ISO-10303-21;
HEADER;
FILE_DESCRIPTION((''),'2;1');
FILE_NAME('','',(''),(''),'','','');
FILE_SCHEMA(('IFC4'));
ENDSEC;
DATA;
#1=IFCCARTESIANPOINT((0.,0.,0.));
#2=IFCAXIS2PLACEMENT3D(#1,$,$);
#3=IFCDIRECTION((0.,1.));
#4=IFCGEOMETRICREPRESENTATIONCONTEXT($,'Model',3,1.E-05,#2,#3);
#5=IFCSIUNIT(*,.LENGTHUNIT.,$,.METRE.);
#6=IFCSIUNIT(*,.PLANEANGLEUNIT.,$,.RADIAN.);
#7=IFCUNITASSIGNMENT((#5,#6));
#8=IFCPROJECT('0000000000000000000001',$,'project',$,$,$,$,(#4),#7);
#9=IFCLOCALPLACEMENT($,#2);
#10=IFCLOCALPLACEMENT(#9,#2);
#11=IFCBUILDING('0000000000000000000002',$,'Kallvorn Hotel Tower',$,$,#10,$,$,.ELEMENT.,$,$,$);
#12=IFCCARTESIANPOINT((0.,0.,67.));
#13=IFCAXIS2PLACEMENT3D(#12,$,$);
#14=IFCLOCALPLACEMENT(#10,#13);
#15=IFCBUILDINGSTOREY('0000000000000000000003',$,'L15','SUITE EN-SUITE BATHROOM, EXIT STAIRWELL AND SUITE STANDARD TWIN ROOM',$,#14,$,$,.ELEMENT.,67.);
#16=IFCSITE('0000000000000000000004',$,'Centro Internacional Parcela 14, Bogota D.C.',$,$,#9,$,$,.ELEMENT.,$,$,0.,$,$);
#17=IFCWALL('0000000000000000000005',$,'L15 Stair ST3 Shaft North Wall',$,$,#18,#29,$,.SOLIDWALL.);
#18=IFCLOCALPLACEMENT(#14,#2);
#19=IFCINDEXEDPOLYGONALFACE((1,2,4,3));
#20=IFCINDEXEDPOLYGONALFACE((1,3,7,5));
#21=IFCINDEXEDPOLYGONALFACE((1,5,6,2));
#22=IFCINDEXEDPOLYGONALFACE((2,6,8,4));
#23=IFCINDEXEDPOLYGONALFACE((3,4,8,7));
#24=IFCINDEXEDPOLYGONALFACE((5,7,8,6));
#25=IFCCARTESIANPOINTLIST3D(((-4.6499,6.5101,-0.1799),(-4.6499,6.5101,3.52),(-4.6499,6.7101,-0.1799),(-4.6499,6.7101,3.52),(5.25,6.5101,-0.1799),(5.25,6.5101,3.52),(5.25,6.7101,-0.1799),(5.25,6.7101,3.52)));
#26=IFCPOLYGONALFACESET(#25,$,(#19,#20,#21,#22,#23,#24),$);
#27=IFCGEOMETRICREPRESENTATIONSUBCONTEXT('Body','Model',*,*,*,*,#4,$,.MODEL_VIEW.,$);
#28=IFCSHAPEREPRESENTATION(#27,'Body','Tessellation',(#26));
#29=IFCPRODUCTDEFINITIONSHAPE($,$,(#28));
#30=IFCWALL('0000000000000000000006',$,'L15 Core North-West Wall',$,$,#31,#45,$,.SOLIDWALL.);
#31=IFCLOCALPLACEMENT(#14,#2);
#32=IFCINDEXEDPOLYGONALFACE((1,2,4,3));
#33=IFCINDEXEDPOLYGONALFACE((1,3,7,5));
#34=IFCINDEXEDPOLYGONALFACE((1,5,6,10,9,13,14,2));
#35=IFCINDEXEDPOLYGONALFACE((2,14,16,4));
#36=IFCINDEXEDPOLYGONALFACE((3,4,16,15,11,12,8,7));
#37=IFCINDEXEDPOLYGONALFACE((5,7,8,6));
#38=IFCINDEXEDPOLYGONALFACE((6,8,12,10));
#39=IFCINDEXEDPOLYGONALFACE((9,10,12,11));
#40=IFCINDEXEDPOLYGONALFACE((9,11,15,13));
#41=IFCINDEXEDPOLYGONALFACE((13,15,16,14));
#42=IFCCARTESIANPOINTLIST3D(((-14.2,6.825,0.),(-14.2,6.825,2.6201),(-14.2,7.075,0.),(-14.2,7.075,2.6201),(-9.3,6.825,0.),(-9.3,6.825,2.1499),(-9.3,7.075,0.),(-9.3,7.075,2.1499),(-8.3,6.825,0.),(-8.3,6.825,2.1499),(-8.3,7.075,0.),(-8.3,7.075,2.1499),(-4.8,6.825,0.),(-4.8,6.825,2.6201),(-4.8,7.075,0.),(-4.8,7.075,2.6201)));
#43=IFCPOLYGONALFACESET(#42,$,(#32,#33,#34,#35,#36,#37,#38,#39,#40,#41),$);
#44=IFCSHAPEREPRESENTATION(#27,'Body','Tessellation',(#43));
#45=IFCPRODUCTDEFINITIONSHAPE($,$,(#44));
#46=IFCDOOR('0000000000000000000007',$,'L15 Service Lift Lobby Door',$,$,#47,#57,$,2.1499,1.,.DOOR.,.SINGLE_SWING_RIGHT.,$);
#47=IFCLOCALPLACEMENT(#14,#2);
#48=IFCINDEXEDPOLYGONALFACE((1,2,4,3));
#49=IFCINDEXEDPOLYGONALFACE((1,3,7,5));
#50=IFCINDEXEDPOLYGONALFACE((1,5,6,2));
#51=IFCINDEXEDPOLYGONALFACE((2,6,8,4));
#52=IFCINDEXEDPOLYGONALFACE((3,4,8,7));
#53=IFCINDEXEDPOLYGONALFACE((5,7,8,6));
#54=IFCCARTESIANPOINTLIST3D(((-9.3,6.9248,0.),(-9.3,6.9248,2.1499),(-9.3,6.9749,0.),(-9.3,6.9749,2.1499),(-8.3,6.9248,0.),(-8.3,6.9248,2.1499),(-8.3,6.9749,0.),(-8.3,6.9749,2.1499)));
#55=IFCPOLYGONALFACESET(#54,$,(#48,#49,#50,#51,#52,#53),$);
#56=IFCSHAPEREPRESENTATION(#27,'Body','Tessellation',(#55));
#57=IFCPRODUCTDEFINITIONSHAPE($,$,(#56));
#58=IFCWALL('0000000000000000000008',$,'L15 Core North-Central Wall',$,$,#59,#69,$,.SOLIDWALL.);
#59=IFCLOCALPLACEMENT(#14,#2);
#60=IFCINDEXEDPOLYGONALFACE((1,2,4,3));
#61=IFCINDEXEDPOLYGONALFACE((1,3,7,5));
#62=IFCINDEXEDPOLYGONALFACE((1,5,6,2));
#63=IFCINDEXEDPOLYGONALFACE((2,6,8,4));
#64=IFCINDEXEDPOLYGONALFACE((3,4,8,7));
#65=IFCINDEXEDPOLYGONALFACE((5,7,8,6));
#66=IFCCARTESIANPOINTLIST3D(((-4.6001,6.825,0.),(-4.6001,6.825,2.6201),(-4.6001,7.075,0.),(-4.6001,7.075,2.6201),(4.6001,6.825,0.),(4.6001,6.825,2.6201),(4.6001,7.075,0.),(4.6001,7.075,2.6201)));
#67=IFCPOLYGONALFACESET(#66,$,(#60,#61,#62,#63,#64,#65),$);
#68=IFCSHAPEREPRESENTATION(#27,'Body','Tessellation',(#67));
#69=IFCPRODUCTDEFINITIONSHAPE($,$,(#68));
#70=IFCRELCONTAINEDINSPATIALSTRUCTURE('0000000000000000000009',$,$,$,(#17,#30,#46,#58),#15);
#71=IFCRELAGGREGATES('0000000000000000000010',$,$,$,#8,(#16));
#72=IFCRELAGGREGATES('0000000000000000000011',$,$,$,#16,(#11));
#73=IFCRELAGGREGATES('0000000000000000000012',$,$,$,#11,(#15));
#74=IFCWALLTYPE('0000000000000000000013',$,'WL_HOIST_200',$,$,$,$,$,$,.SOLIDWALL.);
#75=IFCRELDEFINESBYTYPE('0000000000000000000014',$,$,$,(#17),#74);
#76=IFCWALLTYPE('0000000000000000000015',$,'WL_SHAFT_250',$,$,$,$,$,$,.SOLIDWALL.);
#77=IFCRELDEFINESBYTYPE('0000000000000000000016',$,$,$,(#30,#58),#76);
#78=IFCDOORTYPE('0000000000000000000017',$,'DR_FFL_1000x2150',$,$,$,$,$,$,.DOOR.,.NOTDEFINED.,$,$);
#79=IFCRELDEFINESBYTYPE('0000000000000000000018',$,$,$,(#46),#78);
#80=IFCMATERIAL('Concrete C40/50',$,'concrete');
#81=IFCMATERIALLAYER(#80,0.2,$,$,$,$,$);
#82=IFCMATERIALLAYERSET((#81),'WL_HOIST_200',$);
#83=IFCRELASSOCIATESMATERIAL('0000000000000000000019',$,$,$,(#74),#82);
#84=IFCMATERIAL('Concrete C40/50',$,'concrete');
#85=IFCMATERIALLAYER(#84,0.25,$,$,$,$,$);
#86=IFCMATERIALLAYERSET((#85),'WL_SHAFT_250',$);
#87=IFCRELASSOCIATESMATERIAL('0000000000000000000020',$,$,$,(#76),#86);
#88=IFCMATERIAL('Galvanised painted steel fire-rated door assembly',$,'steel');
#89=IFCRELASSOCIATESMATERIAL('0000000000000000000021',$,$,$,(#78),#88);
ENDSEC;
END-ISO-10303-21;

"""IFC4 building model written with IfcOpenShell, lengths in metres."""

from ifc_helpers import new_model, si_unit, direction, frame, frame_2d, origin, place, context, subcontext, project, spatial, rectangle, extrude, material, layer, layer_set, type_object, element, fill, save


model = new_model("IFC4")

# Units and contexts
model_context = context("Model", 3, precision=1e-05, world=origin(), true_north=direction((0.0, 1.0)))
body_context = subcontext(model_context, "Body", "Model", "MODEL_VIEW")
ifc_project = project(units=[si_unit("LENGTHUNIT", "METRE"), si_unit("PLANEANGLEUNIT", "RADIAN")], contexts=[model_context])

# Site, building, storey
site_placement = place(None, origin())
site = spatial("IfcSite", under=ifc_project, at=site_placement, Name="Centro Internacional Parcela 14, Bogota D.C.", CompositionType="ELEMENT", RefElevation=0.0)
building_placement = place(site_placement, origin())
building = spatial("IfcBuilding", under=site, at=building_placement, Name="Kallvorn Hotel Tower", CompositionType="ELEMENT")
storey_placement = place(building_placement, frame((0.0, 0.0, 67.0)))
storey = spatial("IfcBuildingStorey", under=building, at=storey_placement, Name="L15", Description="SUITE EN-SUITE BATHROOM, EXIT STAIRWELL AND SUITE STANDARD TWIN ROOM", CompositionType="ELEMENT", Elevation=67.0)

# Wall
ifc_material_1 = material(Name="Concrete C40/50", Category="concrete")
ifc_layer_1 = layer(ifc_material_1, 0.2)
ifc_layer_set_1 = layer_set([ifc_layer_1], Name="WL_HOIST_200")
wall_type_1 = type_object("IfcWallType", Name="WL_HOIST_200", PredefinedType="SOLIDWALL", material=ifc_layer_set_1)
wall_1_placement = place(storey_placement, frame((-4.6499, 6.6101, -0.1799), z_axis=(0.0, 0.0, 1.0), x_axis=(1.0, 0.0, 0.0)))
element("IfcWall", 1, at=wall_1_placement, inside=storey, type_object=wall_type_1, Name="L15 Stair ST3 Shaft North Wall", PredefinedType="SOLIDWALL", context=body_context, shape_type="SweptSolid", body=[
    extrude(rectangle(XDim=9.8999, YDim=0.2, at=frame_2d((4.95, 0.0))), origin(), (0.0, 0.0, 1.0), 3.7),
])

# Wall, opening, door
ifc_material_2 = material(Name="Concrete C40/50", Category="concrete")
ifc_layer_2 = layer(ifc_material_2, 0.25)
ifc_layer_set_2 = layer_set([ifc_layer_2], Name="WL_SHAFT_250")
wall_type_2 = type_object("IfcWallType", Name="WL_SHAFT_250", PredefinedType="SOLIDWALL", material=ifc_layer_set_2)
wall_2_placement = place(storey_placement, frame((-14.2, 6.95, 0.0), z_axis=(0.0, 0.0, 1.0), x_axis=(1.0, 0.0, 0.0)))
wall_2 = element("IfcWall", 2, at=wall_2_placement, inside=storey, type_object=wall_type_2, Name="L15 Core North-West Wall", PredefinedType="SOLIDWALL", context=body_context, shape_type="SweptSolid", body=[
    extrude(rectangle(XDim=9.3999, YDim=0.25, at=frame_2d((4.7, 0.0))), origin(), (0.0, 0.0, 1.0), 2.6201),
])
opening_placement = place(wall_2_placement, frame((4.8999, 0.0, 0.0)))
opening = element("IfcOpeningElement", 3, at=opening_placement, cuts=wall_2, PredefinedType="OPENING", context=body_context, shape_type="SweptSolid", body=[
    extrude(rectangle(XDim=1.0, YDim=2.1499, at=frame_2d((0.5, 1.075))), frame((0.0, 0.1399, 0.0), z_axis=(0.0, -1.0, 0.0), x_axis=(1.0, 0.0, 0.0)), (0.0, 0.0, 1.0), 0.28),
])
ifc_material_3 = material(Name="Galvanised painted steel fire-rated door assembly", Category="steel")
door_type = type_object("IfcDoorType", Name="DR_FFL_1000x2150", OperationType="NOTDEFINED", PredefinedType="DOOR", material=ifc_material_3)
door_placement = place(opening_placement, origin())
door = element("IfcDoor", 4, at=door_placement, inside=storey, type_object=door_type, Name="L15 Service Lift Lobby Door", OperationType="SINGLE_SWING_RIGHT", OverallHeight=2.1499, OverallWidth=1.0, PredefinedType="DOOR", context=body_context, shape_type="SweptSolid", body=[
    extrude(rectangle(XDim=1.0, YDim=2.1499, at=frame_2d((0.5, 1.075))), frame((0.0, 0.0249, 0.0), z_axis=(0.0, -1.0, 0.0), x_axis=(1.0, 0.0, 0.0)), (0.0, 0.0, 1.0), 0.05),
])
fill(opening, door)

# Wall
wall_3_placement = place(storey_placement, frame((-4.6001, 6.95, 0.0), z_axis=(0.0, 0.0, 1.0), x_axis=(1.0, 0.0, 0.0)))
element("IfcWall", 5, at=wall_3_placement, inside=storey, type_object=wall_type_2, Name="L15 Core North-Central Wall", PredefinedType="SOLIDWALL", context=body_context, shape_type="SweptSolid", body=[
    extrude(rectangle(XDim=9.2002, YDim=0.25, at=frame_2d((4.6001, 0.0))), origin(), (0.0, 0.0, 1.0), 2.6201),
])

save(model, "model.ifc")
